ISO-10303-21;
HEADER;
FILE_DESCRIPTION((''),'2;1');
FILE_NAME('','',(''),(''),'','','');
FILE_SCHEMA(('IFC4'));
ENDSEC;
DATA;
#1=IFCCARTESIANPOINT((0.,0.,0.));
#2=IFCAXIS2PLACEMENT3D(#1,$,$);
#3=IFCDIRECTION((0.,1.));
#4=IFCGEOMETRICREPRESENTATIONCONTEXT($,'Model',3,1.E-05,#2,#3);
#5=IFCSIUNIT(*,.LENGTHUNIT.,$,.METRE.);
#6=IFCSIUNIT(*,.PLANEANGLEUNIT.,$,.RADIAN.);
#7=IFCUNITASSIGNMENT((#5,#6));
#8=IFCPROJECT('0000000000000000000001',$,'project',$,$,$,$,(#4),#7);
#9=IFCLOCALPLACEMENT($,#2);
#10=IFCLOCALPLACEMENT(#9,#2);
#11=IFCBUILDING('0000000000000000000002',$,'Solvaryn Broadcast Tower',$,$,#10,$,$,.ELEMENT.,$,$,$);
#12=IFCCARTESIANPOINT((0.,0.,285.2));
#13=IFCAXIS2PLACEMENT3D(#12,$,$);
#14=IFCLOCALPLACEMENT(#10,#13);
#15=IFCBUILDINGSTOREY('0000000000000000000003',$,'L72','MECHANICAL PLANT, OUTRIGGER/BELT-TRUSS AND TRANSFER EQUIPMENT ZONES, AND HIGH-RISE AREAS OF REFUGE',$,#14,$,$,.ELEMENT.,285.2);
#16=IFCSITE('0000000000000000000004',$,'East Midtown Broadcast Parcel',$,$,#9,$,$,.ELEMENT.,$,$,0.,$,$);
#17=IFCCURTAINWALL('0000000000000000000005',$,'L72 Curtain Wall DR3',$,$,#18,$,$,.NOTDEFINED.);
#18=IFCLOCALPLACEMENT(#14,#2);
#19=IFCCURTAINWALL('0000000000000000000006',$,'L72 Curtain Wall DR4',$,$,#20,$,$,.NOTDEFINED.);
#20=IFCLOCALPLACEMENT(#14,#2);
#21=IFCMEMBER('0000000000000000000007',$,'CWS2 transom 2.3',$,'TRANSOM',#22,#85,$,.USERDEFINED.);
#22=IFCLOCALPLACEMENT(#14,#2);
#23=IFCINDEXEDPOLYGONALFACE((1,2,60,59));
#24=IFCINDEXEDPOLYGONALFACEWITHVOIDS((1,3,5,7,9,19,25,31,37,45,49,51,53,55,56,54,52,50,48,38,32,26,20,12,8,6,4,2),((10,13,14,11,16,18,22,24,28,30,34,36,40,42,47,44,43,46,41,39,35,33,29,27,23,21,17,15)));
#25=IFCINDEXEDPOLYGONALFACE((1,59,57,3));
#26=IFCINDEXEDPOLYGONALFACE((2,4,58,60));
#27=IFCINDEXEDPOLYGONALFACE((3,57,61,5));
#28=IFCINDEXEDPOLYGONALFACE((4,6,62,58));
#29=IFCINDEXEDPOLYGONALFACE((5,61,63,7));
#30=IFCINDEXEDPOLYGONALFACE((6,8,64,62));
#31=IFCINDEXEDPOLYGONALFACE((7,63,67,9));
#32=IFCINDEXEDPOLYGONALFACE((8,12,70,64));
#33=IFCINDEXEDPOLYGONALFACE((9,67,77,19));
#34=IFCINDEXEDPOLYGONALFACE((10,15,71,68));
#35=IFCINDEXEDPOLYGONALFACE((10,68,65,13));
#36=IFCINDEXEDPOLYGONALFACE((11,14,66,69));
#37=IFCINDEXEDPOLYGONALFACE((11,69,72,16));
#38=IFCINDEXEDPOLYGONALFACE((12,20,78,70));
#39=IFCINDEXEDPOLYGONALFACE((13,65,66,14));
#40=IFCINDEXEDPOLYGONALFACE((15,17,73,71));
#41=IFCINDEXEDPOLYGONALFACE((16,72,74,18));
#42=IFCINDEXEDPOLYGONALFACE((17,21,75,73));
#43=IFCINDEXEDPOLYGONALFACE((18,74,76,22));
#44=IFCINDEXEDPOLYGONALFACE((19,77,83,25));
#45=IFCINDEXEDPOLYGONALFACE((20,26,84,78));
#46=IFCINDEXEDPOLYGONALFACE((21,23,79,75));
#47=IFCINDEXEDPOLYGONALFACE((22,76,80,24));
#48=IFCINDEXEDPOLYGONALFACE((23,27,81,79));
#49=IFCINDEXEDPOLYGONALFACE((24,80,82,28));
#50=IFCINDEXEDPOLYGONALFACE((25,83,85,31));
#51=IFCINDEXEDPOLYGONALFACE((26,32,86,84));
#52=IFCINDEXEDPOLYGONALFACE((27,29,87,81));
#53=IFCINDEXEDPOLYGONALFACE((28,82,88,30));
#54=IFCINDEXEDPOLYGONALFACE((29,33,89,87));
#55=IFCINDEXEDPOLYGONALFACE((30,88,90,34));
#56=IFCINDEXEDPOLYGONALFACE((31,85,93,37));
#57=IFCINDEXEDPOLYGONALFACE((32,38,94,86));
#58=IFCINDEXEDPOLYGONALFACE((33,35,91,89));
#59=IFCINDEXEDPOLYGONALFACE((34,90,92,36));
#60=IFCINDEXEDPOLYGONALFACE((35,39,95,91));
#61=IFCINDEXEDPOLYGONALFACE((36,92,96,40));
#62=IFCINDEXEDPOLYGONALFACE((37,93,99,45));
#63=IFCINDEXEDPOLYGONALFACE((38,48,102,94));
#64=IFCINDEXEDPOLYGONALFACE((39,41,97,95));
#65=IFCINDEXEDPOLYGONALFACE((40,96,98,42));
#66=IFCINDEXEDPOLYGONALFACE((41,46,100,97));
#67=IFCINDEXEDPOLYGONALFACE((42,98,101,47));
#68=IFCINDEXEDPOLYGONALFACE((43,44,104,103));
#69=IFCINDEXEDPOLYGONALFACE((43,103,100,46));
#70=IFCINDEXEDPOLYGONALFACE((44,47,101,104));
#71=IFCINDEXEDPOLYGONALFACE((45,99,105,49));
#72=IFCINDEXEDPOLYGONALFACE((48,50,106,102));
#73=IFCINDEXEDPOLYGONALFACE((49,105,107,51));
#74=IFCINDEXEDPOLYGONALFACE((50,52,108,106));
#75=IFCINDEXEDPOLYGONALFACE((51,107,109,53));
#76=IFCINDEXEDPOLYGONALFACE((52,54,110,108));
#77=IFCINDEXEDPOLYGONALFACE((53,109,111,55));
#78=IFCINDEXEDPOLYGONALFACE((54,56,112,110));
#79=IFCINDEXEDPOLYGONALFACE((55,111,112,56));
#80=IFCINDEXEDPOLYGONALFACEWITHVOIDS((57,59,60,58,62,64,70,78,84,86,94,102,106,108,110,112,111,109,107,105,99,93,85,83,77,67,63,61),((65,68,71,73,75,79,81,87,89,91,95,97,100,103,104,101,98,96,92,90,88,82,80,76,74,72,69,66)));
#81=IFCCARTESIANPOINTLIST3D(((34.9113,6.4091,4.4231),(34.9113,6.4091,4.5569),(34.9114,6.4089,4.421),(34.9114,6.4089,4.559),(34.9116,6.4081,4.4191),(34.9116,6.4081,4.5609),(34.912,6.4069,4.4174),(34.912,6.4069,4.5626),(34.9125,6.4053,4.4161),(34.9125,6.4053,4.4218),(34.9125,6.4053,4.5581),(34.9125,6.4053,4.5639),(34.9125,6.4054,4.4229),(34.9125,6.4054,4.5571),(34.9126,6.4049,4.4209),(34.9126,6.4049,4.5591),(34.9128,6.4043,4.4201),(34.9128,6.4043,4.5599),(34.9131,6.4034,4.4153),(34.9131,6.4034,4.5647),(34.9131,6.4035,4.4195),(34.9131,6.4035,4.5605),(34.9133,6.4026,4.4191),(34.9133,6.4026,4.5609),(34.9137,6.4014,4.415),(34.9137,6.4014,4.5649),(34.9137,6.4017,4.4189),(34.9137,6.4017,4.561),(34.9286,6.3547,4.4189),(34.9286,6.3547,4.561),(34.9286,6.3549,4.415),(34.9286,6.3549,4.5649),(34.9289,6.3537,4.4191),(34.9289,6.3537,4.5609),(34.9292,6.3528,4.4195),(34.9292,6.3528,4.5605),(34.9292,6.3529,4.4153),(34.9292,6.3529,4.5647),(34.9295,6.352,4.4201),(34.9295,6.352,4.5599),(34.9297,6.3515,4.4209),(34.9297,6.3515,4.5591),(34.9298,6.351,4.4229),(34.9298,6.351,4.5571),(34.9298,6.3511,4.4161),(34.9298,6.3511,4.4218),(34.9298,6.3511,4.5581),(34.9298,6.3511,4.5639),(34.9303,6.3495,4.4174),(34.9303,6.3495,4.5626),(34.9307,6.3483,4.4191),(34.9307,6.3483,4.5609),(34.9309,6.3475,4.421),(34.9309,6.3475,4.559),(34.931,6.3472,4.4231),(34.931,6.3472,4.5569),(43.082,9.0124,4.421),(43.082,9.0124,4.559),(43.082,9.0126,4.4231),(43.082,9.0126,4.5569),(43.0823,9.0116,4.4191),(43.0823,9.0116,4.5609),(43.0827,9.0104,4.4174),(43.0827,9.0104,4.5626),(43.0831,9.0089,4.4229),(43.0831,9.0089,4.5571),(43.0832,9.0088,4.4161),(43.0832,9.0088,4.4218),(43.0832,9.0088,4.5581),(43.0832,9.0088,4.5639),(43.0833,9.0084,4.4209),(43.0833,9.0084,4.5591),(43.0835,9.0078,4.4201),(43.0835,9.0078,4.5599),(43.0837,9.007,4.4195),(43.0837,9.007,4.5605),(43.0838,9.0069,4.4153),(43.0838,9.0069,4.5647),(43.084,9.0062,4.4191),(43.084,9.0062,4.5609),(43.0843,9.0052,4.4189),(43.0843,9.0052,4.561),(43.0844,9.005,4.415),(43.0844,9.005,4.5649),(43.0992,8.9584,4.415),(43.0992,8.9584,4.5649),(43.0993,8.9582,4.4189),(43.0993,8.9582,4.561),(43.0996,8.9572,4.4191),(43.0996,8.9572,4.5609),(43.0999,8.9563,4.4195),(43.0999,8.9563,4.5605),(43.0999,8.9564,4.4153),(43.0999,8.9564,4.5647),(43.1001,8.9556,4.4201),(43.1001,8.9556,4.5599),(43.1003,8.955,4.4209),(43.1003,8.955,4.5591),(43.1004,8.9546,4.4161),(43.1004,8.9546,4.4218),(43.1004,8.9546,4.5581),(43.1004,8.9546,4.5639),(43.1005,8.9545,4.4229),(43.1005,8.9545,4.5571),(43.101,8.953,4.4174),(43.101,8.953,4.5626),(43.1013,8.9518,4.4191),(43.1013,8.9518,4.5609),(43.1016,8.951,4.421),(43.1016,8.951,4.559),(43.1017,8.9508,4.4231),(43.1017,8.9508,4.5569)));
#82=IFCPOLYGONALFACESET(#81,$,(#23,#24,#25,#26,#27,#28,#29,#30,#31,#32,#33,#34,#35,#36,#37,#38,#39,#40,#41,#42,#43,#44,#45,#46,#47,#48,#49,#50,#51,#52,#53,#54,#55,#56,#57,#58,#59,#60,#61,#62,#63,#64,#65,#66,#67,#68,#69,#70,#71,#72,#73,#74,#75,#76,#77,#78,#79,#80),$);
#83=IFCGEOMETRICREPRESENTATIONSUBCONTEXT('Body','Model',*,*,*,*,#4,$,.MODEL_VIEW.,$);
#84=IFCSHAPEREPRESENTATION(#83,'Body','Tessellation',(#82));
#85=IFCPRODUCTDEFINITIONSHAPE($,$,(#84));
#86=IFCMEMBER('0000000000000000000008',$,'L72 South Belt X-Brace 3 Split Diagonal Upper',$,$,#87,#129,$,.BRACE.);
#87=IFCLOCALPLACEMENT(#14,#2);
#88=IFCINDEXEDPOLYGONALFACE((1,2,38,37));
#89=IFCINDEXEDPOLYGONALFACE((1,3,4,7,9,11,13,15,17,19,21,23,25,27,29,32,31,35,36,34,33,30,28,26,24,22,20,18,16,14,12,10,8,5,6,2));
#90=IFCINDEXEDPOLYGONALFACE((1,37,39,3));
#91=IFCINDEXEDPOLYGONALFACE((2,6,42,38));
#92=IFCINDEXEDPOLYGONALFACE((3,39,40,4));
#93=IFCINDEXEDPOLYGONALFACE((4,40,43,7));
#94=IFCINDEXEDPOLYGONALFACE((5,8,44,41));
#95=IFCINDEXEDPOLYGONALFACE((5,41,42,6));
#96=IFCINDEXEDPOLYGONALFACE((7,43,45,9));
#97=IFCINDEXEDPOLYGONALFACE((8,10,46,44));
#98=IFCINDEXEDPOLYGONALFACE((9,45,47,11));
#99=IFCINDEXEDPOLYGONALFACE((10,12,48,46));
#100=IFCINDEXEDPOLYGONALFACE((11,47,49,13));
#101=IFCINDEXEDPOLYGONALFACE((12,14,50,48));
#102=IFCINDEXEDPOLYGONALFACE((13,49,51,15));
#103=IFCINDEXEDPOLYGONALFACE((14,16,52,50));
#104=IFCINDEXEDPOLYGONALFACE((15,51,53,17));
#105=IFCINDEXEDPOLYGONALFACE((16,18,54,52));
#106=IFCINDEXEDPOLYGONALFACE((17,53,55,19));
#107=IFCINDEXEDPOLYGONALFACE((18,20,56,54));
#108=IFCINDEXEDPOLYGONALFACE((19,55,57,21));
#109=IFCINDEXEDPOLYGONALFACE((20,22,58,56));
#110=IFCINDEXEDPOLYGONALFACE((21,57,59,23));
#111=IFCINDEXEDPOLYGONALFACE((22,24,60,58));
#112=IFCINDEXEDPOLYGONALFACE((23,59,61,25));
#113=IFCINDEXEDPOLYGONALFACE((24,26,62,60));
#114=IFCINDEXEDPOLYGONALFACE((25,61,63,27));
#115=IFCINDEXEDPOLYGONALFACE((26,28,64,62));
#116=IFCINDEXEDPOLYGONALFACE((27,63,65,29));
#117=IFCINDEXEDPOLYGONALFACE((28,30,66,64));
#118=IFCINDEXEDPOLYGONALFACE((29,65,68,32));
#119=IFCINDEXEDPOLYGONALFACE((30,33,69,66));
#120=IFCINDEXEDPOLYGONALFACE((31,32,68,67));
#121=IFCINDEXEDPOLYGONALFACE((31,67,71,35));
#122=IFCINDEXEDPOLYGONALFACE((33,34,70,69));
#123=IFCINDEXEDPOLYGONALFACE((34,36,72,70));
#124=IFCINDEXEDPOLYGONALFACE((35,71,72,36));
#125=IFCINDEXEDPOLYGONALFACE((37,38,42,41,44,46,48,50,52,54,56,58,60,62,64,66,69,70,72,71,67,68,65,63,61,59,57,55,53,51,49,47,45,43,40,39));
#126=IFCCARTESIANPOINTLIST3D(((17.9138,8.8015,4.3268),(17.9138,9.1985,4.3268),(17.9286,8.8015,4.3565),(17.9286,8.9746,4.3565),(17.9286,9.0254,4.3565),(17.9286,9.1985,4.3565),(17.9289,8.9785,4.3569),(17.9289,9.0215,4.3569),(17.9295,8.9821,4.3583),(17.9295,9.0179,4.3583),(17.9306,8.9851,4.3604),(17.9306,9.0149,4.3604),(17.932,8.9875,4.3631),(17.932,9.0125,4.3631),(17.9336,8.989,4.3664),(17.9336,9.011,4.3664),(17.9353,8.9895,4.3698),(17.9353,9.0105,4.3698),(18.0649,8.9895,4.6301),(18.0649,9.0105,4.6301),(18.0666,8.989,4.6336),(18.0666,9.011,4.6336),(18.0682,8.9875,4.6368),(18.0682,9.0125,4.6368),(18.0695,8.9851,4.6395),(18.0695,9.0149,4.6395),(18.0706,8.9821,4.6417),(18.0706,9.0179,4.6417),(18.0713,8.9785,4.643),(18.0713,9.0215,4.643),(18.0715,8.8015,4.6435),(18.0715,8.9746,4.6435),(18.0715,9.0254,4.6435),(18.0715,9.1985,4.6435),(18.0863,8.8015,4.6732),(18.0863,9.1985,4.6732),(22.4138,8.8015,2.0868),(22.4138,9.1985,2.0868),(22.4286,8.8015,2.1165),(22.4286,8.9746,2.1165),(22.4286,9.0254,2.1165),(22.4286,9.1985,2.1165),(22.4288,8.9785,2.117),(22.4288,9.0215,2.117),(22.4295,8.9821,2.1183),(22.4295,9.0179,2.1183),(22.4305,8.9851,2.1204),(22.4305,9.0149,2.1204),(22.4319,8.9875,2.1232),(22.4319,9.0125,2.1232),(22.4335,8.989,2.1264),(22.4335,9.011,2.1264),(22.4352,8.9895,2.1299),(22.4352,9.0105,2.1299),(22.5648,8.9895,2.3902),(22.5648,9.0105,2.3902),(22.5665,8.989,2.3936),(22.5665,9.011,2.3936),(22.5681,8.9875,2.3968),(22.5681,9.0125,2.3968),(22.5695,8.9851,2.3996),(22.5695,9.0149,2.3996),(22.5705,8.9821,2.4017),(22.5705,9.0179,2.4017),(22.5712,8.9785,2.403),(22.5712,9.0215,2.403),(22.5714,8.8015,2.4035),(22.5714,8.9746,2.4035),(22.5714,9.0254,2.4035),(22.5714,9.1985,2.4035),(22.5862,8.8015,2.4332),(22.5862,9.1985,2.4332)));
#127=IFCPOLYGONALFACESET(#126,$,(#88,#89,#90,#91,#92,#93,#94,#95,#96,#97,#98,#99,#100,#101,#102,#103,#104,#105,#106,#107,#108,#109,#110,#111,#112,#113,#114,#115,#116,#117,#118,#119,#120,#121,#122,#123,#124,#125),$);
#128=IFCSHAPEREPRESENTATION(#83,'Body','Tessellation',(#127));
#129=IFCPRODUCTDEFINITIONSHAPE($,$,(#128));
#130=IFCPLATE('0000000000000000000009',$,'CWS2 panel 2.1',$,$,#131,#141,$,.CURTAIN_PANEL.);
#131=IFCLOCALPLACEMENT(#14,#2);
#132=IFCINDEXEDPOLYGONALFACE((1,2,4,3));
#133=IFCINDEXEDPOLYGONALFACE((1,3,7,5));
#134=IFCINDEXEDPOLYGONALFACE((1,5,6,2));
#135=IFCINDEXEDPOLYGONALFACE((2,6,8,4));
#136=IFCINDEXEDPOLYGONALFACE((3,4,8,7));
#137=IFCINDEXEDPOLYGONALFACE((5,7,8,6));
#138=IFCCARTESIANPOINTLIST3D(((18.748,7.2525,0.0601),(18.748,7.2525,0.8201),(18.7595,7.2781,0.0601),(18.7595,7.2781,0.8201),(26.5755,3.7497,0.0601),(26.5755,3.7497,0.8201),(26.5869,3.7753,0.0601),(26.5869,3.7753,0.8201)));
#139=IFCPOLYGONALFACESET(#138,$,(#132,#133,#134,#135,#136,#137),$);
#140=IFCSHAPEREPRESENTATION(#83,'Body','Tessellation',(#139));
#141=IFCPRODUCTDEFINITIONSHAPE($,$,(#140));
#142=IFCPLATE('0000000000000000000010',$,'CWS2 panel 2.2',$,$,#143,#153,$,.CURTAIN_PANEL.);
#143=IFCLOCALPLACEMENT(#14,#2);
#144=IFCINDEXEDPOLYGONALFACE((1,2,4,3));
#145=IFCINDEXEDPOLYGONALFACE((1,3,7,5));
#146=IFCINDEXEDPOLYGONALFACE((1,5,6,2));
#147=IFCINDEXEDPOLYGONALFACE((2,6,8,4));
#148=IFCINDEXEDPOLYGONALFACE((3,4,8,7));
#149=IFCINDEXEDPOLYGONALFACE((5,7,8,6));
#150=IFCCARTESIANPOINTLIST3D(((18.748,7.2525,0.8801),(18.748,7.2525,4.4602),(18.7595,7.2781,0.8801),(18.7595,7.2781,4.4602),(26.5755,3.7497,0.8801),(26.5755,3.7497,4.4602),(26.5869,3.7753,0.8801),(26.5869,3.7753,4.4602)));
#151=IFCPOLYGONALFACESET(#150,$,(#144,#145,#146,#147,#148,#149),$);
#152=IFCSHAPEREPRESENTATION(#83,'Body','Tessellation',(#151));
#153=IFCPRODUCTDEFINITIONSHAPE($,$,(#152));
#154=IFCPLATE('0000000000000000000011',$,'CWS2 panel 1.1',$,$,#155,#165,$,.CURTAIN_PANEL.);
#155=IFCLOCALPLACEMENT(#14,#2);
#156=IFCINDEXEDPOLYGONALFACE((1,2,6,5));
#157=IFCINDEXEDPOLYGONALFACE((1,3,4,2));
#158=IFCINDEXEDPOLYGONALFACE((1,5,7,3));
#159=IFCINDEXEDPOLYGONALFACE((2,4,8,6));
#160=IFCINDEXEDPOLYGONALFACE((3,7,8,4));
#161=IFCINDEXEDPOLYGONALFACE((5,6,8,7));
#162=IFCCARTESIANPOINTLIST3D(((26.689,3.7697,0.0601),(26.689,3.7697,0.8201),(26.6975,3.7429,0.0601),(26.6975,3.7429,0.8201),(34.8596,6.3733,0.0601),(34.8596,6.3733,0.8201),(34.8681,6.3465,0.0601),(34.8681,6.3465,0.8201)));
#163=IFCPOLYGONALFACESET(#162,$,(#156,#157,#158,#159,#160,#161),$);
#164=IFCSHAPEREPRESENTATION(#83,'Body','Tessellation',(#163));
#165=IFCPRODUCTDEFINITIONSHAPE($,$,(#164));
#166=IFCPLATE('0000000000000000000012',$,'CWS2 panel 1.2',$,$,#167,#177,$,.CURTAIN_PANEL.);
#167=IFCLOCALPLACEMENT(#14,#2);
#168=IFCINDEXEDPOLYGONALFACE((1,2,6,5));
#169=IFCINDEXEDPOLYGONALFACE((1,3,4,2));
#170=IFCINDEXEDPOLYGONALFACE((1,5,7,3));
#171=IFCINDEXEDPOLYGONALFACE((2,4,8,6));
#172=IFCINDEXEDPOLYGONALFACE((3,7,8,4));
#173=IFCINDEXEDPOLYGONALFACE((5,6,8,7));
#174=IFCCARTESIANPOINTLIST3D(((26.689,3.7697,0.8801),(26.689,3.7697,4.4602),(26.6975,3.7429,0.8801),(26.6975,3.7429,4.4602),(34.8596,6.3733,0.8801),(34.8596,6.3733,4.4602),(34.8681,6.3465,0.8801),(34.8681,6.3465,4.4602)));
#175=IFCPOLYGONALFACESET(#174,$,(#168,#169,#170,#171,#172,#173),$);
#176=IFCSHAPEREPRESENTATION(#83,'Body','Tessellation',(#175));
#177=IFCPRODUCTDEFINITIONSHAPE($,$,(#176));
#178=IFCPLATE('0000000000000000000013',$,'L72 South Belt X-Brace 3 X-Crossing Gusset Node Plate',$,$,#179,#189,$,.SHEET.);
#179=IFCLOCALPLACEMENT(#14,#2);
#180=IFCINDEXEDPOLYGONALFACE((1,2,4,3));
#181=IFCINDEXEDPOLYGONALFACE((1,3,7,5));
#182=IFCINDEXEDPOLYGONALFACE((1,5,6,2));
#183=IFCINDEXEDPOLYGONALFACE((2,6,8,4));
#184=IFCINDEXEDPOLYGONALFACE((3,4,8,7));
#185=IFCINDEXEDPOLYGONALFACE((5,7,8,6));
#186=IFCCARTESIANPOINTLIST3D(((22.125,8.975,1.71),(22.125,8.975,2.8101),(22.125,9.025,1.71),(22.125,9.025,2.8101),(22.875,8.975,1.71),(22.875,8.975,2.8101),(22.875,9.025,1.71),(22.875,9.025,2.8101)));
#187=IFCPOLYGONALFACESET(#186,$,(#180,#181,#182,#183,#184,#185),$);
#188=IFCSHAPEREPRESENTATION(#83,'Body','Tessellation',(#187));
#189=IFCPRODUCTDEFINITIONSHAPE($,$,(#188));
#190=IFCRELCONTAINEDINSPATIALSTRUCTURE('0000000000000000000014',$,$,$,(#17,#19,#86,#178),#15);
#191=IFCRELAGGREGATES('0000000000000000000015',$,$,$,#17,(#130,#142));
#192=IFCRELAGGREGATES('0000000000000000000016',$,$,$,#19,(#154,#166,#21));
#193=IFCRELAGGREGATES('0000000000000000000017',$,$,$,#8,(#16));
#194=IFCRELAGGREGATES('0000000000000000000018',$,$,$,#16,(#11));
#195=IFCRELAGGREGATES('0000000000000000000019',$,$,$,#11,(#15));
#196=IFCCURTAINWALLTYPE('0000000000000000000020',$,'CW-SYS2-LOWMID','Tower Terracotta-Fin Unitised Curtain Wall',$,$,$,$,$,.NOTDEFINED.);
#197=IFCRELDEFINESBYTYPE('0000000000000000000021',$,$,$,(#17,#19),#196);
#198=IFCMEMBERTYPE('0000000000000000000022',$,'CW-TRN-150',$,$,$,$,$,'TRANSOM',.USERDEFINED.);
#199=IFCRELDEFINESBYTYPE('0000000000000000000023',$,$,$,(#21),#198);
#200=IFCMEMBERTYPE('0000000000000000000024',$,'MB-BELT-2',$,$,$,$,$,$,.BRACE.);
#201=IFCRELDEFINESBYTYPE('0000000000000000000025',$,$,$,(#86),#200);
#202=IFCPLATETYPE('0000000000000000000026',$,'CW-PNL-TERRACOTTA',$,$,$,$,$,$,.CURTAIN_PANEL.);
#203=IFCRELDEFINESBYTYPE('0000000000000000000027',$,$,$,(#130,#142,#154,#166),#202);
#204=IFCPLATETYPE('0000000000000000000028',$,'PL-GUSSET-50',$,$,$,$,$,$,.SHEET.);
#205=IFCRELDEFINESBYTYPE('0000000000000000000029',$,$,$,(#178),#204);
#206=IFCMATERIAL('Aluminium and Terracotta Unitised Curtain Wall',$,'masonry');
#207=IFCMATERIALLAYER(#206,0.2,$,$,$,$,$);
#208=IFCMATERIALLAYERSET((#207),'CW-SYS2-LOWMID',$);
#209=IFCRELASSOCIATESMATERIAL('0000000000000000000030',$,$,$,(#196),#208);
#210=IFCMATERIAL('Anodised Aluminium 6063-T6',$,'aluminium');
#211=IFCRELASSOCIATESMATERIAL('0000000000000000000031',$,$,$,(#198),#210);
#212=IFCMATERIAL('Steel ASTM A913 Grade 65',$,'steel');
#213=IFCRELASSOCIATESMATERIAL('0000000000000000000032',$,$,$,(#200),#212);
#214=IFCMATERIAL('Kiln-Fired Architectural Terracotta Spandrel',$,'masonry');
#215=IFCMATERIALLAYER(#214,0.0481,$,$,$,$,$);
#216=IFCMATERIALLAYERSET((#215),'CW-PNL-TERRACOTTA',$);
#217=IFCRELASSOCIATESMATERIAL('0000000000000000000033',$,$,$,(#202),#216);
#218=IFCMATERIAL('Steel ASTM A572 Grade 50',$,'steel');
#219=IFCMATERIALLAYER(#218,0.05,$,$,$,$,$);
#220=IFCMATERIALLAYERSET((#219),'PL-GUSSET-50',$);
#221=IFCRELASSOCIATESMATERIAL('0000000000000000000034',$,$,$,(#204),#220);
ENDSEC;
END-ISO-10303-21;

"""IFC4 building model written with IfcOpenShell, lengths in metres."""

from ifc_helpers import new_model, si_unit, direction, frame, origin, origin_2d, place, context, subcontext, project, spatial, rectangle, hollow_rectangle, i_section, extrude, material, layer, layer_set, material_profile, profile_set, type_object, element, aggregate, save


model = new_model("IFC4")

# Units and contexts
model_context = context("Model", 3, precision=1e-05, world=origin(), true_north=direction((0.0, 1.0)))
body_context = subcontext(model_context, "Body", "Model", "MODEL_VIEW")
ifc_project = project(units=[si_unit("LENGTHUNIT", "METRE"), si_unit("PLANEANGLEUNIT", "RADIAN")], contexts=[model_context])

# Site, building, storey
site_placement = place(None, origin())
site = spatial("IfcSite", under=ifc_project, at=site_placement, Name="East Midtown Broadcast Parcel", CompositionType="ELEMENT", RefElevation=0.0)
building_placement = place(site_placement, origin())
building = spatial("IfcBuilding", under=site, at=building_placement, Name="Solvaryn Broadcast Tower", CompositionType="ELEMENT")
storey_placement = place(building_placement, frame((0.0, 0.0, 285.2)))
storey = spatial("IfcBuildingStorey", under=building, at=storey_placement, Name="L72", Description="MECHANICAL PLANT, OUTRIGGER/BELT-TRUSS AND TRANSFER EQUIPMENT ZONES, AND HIGH-RISE AREAS OF REFUGE", CompositionType="ELEMENT", Elevation=285.2)

# Curtain wall
ifc_material_1 = material(Name="Aluminium and Terracotta Unitised Curtain Wall", Category="masonry")
ifc_layer_1 = layer(ifc_material_1, 0.2)
ifc_layer_set_1 = layer_set([ifc_layer_1], Name="CW-SYS2-LOWMID")
curtain_wall_type = type_object("IfcCurtainWallType", Name="CW-SYS2-LOWMID", Description="Tower Terracotta-Fin Unitised Curtain Wall", PredefinedType="NOTDEFINED", material=ifc_layer_set_1)
curtain_wall_1_placement = place(storey_placement, origin())
curtain_wall_1 = element("IfcCurtainWall", 1, at=curtain_wall_1_placement, inside=storey, type_object=curtain_wall_type, Name="L72 Curtain Wall DR3", PredefinedType="NOTDEFINED")

# Curtain wall, member
curtain_wall_2_placement = place(storey_placement, origin())
curtain_wall_2 = element("IfcCurtainWall", 2, at=curtain_wall_2_placement, inside=storey, type_object=curtain_wall_type, Name="L72 Curtain Wall DR4", PredefinedType="NOTDEFINED")
ifc_material_2 = material(Name="Anodised Aluminium 6063-T6", Category="aluminium")
ifc_material_profile_1 = material_profile(ifc_material_2, hollow_rectangle(XDim=0.0649, YDim=0.1499, WallThickness=0.0039, InnerFilletRadius=0.0039, OuterFilletRadius=0.0081, at=origin_2d()))
ifc_profile_set_1 = profile_set([ifc_material_profile_1], Name="Anodised Aluminium 6063-T6")
member_type_1 = type_object("IfcMemberType", Name="CW-TRN-150", ElementType="TRANSOM", PredefinedType="USERDEFINED", material=ifc_profile_set_1)
member_1_placement = place(storey_placement, frame((34.9211, 6.3782, 4.49), z_axis=(0.952799, 0.303602, 0.0), x_axis=(-0.303602, 0.952799, 0.0)))
member_1 = element("IfcMember", 3, at=member_1_placement, type_object=member_type_1, Name="CWS2 transom 2.3", ObjectType="TRANSOM", PredefinedType="USERDEFINED", context=body_context, shape_type="SweptSolid", body=[
    extrude(hollow_rectangle(XDim=0.0649, YDim=0.1499, WallThickness=0.0039, InnerFilletRadius=0.0039, OuterFilletRadius=0.0081, at=origin_2d()), origin(), (0.0, 0.0, 1.0), 8.5754),
])

# Member
ifc_material_3 = material(Name="Steel ASTM A913 Grade 65", Category="steel")
ifc_material_profile_2 = material_profile(ifc_material_3, i_section(OverallWidth=0.397, OverallDepth=0.387, WebThickness=0.021, FlangeThickness=0.0332, FilletRadius=0.0149, at=origin_2d()))
ifc_profile_set_2 = profile_set([ifc_material_profile_2], Name="Steel ASTM A913 Grade 65")
member_type_2 = type_object("IfcMemberType", Name="MB-BELT-2", PredefinedType="BRACE", material=ifc_profile_set_2)
member_2_placement = place(storey_placement, frame((22.5, 9.0, 2.26), z_axis=(-0.895222, 0.0, 0.44562), x_axis=(0.0, -1.0, 0.0)))
element("IfcMember", 4, at=member_2_placement, inside=storey, type_object=member_type_2, Name="L72 South Belt X-Brace 3 Split Diagonal Upper", PredefinedType="BRACE", context=body_context, shape_type="SweptSolid", body=[
    extrude(i_section(OverallWidth=0.397, OverallDepth=0.387, WebThickness=0.021, FlangeThickness=0.0332, FilletRadius=0.0149, at=origin_2d()), origin(), (0.0, 0.0, 1.0), 5.0266),
])

# Plates
ifc_material_4 = material(Name="Kiln-Fired Architectural Terracotta Spandrel", Category="masonry")
ifc_layer_2 = layer(ifc_material_4, 0.0481)
ifc_layer_set_2 = layer_set([ifc_layer_2], Name="CW-PNL-TERRACOTTA")
plate_type_1 = type_object("IfcPlateType", Name="CW-PNL-TERRACOTTA", PredefinedType="CURTAIN_PANEL", material=ifc_layer_set_2)
plate_1_placement = place(storey_placement, frame((22.6675, 5.5139, 0.0601), z_axis=(0.0, 0.0, 1.0), x_axis=(0.912774, -0.408466, 0.0)))
plate_1 = element("IfcPlate", 5, at=plate_1_placement, type_object=plate_type_1, Name="CWS2 panel 2.1", PredefinedType="CURTAIN_PANEL", context=body_context, shape_type="SweptSolid", body=[
    extrude(rectangle(XDim=8.5754, YDim=0.0281, at=origin_2d()), origin(), (0.0, 0.0, 1.0), 0.76),
])
plate_2_placement = place(storey_placement, frame((22.6675, 5.5139, 0.8801), z_axis=(0.0, 0.0, 1.0), x_axis=(0.912774, -0.408466, 0.0)))
plate_2 = element("IfcPlate", 6, at=plate_2_placement, type_object=plate_type_1, Name="CWS2 panel 2.2", PredefinedType="CURTAIN_PANEL", context=body_context, shape_type="SweptSolid", body=[
    extrude(rectangle(XDim=8.5754, YDim=0.0281, at=origin_2d()), origin(), (0.0, 0.0, 1.0), 3.5801),
])
aggregate(curtain_wall_1, [plate_1, plate_2])
plate_3_placement = place(storey_placement, frame((30.7786, 5.0581, 0.0601), z_axis=(0.0, 0.0, 1.0), x_axis=(0.952795, 0.303616, 0.0)))
plate_3 = element("IfcPlate", 7, at=plate_3_placement, type_object=plate_type_1, Name="CWS2 panel 1.1", PredefinedType="CURTAIN_PANEL", context=body_context, shape_type="SweptSolid", body=[
    extrude(rectangle(XDim=8.5754, YDim=0.0281, at=origin_2d()), origin(), (0.0, 0.0, 1.0), 0.76),
])
plate_4_placement = place(storey_placement, frame((30.7786, 5.0581, 0.8801), z_axis=(0.0, 0.0, 1.0), x_axis=(0.952795, 0.303616, 0.0)))
plate_4 = element("IfcPlate", 8, at=plate_4_placement, type_object=plate_type_1, Name="CWS2 panel 1.2", PredefinedType="CURTAIN_PANEL", context=body_context, shape_type="SweptSolid", body=[
    extrude(rectangle(XDim=8.5754, YDim=0.0281, at=origin_2d()), origin(), (0.0, 0.0, 1.0), 3.5801),
])
aggregate(curtain_wall_2, [plate_3, plate_4, member_1])
ifc_material_5 = material(Name="Steel ASTM A572 Grade 50", Category="steel")
ifc_layer_3 = layer(ifc_material_5, 0.05)
ifc_layer_set_3 = layer_set([ifc_layer_3], Name="PL-GUSSET-50")
plate_type_2 = type_object("IfcPlateType", Name="PL-GUSSET-50", PredefinedType="SHEET", material=ifc_layer_set_3)
plate_5_placement = place(storey_placement, frame((22.5, 9.0, 1.71), z_axis=(0.0, 0.0, 1.0), x_axis=(1.0, 0.0, 0.0)))
element("IfcPlate", 9, at=plate_5_placement, inside=storey, type_object=plate_type_2, Name="L72 South Belt X-Brace 3 X-Crossing Gusset Node Plate", PredefinedType="SHEET", context=body_context, shape_type="SweptSolid", body=[
    extrude(rectangle(XDim=0.75, YDim=0.05, at=origin_2d()), origin(), (0.0, 0.0, 1.0), 1.1001),
])

save(model, "model.ifc")
